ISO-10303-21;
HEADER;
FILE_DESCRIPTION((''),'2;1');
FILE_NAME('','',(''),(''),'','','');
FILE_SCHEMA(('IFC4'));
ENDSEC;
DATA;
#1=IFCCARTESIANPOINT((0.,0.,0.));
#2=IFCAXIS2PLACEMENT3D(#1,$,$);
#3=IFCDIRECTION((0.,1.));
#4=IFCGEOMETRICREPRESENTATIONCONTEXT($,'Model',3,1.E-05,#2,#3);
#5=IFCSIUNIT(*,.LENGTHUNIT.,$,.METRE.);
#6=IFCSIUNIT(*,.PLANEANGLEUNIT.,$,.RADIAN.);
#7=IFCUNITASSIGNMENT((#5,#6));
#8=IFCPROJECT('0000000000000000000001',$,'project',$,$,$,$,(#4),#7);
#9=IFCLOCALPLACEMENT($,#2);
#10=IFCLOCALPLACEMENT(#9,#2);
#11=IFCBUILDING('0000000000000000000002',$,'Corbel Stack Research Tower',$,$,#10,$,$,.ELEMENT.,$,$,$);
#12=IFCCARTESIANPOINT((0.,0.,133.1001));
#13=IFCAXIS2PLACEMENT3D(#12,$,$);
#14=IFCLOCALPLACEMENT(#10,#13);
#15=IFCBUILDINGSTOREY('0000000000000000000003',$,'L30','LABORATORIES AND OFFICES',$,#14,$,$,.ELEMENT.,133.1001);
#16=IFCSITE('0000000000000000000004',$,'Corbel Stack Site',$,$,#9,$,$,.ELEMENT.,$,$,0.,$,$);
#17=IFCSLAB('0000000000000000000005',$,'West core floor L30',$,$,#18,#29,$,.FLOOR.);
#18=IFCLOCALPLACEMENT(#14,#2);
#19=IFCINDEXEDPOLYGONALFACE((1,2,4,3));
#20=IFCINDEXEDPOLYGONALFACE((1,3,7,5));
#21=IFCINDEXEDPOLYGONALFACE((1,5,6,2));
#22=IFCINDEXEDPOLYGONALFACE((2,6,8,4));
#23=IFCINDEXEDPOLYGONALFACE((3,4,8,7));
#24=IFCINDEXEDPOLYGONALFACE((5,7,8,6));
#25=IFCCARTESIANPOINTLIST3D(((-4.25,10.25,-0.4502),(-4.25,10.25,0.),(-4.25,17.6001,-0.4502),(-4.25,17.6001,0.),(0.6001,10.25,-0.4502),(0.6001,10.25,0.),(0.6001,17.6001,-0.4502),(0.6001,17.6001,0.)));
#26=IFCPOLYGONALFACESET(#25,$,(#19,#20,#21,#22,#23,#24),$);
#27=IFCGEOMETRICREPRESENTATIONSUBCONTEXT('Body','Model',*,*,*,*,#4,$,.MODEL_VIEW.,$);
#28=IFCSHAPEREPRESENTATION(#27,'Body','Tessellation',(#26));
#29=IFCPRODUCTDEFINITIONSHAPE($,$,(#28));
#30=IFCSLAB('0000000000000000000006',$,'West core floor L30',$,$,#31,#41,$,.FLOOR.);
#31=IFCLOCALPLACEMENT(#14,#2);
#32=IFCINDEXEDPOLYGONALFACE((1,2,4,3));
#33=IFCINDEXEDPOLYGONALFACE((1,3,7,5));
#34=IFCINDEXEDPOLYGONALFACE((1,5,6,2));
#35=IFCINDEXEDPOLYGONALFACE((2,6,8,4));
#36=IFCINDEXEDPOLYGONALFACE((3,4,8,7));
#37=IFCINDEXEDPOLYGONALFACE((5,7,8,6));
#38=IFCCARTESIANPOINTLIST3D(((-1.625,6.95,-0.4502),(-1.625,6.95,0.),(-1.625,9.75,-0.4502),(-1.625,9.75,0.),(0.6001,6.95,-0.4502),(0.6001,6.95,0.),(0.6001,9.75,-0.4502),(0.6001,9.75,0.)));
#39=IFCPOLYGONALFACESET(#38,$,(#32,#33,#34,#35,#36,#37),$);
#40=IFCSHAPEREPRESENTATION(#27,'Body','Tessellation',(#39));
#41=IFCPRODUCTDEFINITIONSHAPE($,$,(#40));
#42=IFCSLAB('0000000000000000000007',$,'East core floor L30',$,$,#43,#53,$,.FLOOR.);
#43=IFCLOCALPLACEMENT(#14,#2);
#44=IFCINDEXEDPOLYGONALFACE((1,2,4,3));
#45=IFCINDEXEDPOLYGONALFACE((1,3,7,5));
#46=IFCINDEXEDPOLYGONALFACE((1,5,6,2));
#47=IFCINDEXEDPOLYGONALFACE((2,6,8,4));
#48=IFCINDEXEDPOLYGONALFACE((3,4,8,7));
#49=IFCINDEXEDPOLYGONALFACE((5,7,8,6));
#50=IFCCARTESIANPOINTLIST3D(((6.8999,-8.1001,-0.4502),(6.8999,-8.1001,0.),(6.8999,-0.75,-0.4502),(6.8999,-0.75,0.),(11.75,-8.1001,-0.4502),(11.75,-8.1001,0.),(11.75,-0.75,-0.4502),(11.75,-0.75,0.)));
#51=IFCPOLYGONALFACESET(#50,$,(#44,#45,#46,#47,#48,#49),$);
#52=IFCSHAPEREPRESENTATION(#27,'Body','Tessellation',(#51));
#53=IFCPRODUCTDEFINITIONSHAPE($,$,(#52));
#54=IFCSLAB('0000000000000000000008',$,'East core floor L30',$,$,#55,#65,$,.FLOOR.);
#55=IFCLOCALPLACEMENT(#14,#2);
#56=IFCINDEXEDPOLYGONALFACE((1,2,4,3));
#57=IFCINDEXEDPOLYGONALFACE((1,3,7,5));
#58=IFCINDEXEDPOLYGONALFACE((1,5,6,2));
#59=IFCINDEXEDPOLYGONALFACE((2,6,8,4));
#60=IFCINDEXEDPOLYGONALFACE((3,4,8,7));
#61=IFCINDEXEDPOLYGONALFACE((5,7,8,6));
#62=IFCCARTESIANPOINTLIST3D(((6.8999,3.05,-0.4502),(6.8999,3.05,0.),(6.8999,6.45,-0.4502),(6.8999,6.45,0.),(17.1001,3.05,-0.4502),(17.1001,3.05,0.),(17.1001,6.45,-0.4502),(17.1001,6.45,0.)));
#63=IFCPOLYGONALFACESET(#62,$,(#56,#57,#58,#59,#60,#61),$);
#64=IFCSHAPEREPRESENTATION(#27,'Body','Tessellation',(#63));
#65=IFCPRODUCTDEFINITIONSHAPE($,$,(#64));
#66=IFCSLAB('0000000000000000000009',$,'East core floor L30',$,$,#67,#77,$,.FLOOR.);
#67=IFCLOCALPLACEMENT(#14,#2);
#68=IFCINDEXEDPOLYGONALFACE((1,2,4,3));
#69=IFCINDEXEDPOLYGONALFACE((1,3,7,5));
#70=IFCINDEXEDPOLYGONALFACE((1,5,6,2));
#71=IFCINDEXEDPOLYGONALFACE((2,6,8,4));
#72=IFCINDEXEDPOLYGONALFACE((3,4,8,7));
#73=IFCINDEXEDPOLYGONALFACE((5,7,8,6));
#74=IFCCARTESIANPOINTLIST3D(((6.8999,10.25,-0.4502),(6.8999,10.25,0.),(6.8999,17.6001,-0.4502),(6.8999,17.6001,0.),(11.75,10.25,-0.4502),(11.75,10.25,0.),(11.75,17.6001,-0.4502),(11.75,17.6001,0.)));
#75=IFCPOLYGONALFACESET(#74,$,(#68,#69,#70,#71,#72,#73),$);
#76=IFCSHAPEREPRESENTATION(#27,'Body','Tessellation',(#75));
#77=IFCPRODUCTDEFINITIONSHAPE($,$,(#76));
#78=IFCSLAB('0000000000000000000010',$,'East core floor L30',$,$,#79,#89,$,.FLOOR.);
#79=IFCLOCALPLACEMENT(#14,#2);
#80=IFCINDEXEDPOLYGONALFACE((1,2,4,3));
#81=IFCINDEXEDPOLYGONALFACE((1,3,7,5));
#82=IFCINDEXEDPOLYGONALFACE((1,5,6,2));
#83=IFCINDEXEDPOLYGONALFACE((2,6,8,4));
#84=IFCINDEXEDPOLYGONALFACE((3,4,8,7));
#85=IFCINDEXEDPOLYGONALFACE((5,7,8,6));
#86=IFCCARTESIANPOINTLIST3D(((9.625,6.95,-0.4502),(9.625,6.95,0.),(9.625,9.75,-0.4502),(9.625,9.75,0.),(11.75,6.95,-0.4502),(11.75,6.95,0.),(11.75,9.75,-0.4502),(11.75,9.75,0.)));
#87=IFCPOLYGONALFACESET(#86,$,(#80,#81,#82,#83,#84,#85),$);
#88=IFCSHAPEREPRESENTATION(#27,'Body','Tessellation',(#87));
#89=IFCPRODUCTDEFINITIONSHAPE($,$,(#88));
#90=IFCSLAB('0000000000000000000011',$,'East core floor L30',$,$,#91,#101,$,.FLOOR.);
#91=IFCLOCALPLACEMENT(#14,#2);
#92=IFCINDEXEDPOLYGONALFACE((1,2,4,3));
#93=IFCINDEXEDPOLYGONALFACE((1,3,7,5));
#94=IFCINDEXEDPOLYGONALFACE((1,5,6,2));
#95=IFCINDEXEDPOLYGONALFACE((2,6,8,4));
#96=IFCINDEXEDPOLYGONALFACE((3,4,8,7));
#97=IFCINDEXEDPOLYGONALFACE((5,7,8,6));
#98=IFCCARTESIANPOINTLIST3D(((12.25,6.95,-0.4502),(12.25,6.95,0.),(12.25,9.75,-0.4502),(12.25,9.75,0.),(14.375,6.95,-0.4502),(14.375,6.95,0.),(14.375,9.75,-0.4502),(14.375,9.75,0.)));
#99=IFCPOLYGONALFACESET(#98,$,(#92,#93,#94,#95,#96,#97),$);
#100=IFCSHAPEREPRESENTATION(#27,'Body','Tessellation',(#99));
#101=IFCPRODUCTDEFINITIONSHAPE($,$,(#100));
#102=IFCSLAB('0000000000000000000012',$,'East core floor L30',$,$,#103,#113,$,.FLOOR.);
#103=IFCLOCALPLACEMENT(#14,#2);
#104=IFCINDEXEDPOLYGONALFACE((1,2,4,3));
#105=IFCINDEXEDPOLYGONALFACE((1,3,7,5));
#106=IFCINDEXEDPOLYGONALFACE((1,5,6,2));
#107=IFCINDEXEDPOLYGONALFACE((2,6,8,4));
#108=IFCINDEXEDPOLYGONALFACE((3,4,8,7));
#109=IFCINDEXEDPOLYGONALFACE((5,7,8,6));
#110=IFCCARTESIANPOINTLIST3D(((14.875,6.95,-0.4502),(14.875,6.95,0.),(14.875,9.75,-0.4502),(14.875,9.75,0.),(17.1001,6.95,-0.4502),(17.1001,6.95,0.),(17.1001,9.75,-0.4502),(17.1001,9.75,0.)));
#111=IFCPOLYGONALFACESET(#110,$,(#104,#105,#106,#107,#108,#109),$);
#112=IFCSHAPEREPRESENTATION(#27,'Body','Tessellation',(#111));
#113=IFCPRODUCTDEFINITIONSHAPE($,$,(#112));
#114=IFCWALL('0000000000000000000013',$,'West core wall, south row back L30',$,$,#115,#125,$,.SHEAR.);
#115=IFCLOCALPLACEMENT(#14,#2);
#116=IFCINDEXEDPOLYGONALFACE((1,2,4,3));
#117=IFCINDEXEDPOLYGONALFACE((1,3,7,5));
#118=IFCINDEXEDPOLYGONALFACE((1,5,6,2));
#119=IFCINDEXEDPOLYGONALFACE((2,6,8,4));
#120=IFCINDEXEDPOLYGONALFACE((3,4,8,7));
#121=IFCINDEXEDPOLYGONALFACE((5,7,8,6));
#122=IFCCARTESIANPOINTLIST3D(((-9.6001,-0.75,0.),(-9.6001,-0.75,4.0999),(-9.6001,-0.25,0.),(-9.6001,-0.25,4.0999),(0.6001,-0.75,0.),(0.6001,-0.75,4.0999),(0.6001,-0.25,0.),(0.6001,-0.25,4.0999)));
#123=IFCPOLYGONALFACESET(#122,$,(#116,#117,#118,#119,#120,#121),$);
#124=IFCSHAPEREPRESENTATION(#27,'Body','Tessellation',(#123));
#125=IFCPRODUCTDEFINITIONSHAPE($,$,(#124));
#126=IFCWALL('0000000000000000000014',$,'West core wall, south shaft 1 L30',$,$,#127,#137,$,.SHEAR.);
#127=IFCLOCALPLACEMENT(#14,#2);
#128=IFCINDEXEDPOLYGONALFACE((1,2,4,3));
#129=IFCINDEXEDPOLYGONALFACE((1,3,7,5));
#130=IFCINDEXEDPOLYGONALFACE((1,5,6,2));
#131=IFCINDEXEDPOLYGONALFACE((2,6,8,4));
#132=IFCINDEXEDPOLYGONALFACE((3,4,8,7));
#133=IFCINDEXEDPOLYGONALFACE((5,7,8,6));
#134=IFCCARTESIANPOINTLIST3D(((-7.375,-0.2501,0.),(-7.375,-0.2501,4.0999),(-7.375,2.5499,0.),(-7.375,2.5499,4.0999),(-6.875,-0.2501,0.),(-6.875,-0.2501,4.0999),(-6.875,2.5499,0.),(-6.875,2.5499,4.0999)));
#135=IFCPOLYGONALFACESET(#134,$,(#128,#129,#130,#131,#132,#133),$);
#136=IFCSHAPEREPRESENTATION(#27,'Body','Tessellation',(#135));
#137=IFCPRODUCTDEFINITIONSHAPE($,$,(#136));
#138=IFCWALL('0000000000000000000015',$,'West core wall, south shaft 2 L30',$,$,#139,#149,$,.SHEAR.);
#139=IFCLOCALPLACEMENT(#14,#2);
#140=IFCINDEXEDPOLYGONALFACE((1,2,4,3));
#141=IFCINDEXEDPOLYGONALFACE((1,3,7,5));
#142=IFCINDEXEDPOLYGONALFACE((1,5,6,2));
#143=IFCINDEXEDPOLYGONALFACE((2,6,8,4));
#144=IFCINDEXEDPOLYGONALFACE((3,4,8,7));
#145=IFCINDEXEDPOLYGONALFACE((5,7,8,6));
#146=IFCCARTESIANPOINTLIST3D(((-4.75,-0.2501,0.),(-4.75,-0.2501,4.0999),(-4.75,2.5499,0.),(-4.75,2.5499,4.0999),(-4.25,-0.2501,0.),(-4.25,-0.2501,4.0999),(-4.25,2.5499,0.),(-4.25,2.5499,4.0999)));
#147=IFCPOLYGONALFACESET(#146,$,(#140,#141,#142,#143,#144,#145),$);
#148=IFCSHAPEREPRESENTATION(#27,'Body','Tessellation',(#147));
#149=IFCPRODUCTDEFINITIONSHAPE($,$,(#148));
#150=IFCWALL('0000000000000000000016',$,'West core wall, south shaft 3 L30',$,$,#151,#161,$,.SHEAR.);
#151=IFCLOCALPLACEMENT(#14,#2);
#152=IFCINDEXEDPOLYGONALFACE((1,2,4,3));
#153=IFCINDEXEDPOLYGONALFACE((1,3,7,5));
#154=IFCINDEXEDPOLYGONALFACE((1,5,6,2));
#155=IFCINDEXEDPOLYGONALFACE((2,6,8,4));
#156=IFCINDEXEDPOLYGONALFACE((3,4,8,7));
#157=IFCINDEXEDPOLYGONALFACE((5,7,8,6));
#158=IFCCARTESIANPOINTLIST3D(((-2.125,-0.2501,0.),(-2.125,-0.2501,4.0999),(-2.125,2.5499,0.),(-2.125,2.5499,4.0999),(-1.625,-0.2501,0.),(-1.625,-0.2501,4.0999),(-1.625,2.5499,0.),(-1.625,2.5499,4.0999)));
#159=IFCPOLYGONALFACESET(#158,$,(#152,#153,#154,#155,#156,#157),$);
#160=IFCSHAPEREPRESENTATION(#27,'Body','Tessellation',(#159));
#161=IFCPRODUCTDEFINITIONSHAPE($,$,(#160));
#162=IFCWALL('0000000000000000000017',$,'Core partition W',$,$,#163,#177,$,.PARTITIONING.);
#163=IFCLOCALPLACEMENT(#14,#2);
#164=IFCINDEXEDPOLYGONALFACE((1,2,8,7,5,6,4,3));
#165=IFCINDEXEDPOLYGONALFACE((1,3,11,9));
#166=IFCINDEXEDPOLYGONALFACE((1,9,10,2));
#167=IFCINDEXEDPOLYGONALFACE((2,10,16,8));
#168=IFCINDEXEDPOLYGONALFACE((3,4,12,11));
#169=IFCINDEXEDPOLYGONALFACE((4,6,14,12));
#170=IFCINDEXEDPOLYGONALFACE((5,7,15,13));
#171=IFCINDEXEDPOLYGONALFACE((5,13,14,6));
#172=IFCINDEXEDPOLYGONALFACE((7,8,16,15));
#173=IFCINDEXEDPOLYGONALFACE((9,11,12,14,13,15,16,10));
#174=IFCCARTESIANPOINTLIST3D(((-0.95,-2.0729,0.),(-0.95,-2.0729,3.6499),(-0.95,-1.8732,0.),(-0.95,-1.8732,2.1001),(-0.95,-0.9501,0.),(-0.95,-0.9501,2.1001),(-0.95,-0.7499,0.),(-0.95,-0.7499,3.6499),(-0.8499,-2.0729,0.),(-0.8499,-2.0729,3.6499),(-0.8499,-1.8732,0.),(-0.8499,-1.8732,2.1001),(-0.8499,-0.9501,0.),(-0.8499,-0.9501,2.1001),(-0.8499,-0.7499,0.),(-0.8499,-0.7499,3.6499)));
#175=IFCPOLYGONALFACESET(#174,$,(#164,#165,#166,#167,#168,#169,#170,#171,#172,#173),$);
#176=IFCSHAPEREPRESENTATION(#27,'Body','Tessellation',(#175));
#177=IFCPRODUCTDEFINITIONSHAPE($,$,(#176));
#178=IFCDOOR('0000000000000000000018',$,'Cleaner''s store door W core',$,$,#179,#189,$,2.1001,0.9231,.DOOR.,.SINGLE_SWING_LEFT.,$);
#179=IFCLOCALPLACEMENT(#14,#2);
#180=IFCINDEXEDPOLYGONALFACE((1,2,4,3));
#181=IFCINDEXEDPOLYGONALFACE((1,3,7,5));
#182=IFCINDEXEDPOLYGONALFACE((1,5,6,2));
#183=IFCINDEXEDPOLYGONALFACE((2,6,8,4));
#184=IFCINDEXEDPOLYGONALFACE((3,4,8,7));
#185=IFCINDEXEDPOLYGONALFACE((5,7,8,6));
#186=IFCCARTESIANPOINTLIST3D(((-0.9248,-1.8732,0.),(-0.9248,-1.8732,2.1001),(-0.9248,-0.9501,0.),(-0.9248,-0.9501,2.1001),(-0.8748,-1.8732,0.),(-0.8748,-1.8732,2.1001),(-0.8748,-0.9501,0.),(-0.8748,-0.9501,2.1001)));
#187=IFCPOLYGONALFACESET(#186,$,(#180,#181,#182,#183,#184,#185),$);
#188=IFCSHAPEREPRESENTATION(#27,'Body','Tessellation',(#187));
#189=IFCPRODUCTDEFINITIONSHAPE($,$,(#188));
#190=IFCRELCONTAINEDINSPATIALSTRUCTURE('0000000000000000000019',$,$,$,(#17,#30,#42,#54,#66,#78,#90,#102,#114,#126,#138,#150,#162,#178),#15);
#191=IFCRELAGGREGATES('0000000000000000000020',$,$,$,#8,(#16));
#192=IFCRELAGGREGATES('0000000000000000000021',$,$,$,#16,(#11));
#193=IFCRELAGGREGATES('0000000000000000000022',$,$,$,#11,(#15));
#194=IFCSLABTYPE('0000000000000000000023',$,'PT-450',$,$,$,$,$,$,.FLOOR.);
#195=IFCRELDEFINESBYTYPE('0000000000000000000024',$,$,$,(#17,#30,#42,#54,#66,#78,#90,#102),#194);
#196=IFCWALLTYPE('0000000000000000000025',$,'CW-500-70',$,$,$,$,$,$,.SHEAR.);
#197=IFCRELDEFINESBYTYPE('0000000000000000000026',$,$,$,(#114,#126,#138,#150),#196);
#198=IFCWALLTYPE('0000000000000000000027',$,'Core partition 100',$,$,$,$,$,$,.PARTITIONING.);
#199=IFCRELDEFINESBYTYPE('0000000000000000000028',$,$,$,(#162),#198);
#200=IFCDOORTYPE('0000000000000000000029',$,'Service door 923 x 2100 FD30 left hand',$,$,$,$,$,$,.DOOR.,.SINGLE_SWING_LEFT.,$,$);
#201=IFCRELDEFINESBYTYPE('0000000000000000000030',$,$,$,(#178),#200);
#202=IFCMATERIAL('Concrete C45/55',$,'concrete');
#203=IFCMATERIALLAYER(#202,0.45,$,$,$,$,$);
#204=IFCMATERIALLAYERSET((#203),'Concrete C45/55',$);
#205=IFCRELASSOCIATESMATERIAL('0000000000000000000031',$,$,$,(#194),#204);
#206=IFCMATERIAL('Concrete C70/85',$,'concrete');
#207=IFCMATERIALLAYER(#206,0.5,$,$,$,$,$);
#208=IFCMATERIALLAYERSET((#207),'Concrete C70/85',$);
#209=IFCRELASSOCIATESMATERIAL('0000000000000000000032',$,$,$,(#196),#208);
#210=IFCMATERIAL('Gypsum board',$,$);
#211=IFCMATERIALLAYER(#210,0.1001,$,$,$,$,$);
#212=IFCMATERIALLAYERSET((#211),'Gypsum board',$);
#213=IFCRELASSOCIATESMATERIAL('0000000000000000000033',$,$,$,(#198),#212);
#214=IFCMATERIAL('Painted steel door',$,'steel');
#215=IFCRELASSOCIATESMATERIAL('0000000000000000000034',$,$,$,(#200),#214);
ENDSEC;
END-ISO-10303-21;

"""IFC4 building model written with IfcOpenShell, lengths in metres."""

from ifc_helpers import new_model, si_unit, direction, frame, frame_2d, origin, place, context, subcontext, project, spatial, polyline, rectangle, outline, extrude, material, layer, layer_set, type_object, element, fill, save


model = new_model("IFC4")

# Units and contexts
model_context = context("Model", 3, precision=1e-05, world=origin(), true_north=direction((0.0, 1.0)))
body_context = subcontext(model_context, "Body", "Model", "MODEL_VIEW")
ifc_project = project(units=[si_unit("LENGTHUNIT", "METRE"), si_unit("PLANEANGLEUNIT", "RADIAN")], contexts=[model_context])

# Site, building, storey
site_placement = place(None, origin())
site = spatial("IfcSite", under=ifc_project, at=site_placement, Name="Corbel Stack Site", CompositionType="ELEMENT", RefElevation=0.0)
building_placement = place(site_placement, origin())
building = spatial("IfcBuilding", under=site, at=building_placement, Name="Corbel Stack Research Tower", CompositionType="ELEMENT")
storey_placement = place(building_placement, frame((0.0, 0.0, 133.1001)))
storey = spatial("IfcBuildingStorey", under=building, at=storey_placement, Name="L30", Description="LABORATORIES AND OFFICES", CompositionType="ELEMENT", Elevation=133.1001)

# Slabs
ifc_material_1 = material(Name="Concrete C45/55", Category="concrete")
ifc_layer_1 = layer(ifc_material_1, 0.45)
ifc_layer_set_1 = layer_set([ifc_layer_1], Name="Concrete C45/55")
slab_type_1 = type_object("IfcSlabType", Name="PT-450", PredefinedType="FLOOR", material=ifc_layer_set_1)
slab_1_placement = place(storey_placement, frame((0.0, 0.0, -0.4502)))
element("IfcSlab", 1, at=slab_1_placement, inside=storey, type_object=slab_type_1, Name="West core floor L30", PredefinedType="FLOOR", context=body_context, shape_type="SweptSolid", body=[
    extrude(outline(polyline([(0.6001, 17.6001), (-4.25, 17.6001), (-4.25, 10.25), (0.6001, 10.25), (0.6001, 17.6001)])), origin(), (0.0, 0.0, 1.0), 0.4502),
])
slab_2_placement = place(storey_placement, frame((0.0, 0.0, -0.4502)))
element("IfcSlab", 2, at=slab_2_placement, inside=storey, type_object=slab_type_1, Name="West core floor L30", PredefinedType="FLOOR", context=body_context, shape_type="SweptSolid", body=[
    extrude(outline(polyline([(0.6001, 9.75), (-1.625, 9.75), (-1.625, 6.95), (0.6001, 6.95), (0.6001, 9.75)])), origin(), (0.0, 0.0, 1.0), 0.4502),
])
slab_3_placement = place(storey_placement, frame((0.0, 0.0, -0.4502)))
element("IfcSlab", 3, at=slab_3_placement, inside=storey, type_object=slab_type_1, Name="East core floor L30", PredefinedType="FLOOR", context=body_context, shape_type="SweptSolid", body=[
    extrude(outline(polyline([(11.75, -0.75), (6.8999, -0.75), (6.8999, -8.1001), (11.75, -8.1001), (11.75, -0.75)])), origin(), (0.0, 0.0, 1.0), 0.4502),
])
slab_4_placement = place(storey_placement, frame((0.0, 0.0, -0.4502)))
element("IfcSlab", 4, at=slab_4_placement, inside=storey, type_object=slab_type_1, Name="East core floor L30", PredefinedType="FLOOR", context=body_context, shape_type="SweptSolid", body=[
    extrude(outline(polyline([(6.8999, 6.45), (6.8999, 3.05), (17.1001, 3.05), (17.1001, 6.45), (6.8999, 6.45)])), origin(), (0.0, 0.0, 1.0), 0.4502),
])
slab_5_placement = place(storey_placement, frame((0.0, 0.0, -0.4502)))
element("IfcSlab", 5, at=slab_5_placement, inside=storey, type_object=slab_type_1, Name="East core floor L30", PredefinedType="FLOOR", context=body_context, shape_type="SweptSolid", body=[
    extrude(outline(polyline([(6.8999, 17.6001), (6.8999, 10.25), (11.75, 10.25), (11.75, 17.6001), (6.8999, 17.6001)])), origin(), (0.0, 0.0, 1.0), 0.4502),
])
slab_6_placement = place(storey_placement, frame((0.0, 0.0, -0.4502)))
element("IfcSlab", 6, at=slab_6_placement, inside=storey, type_object=slab_type_1, Name="East core floor L30", PredefinedType="FLOOR", context=body_context, shape_type="SweptSolid", body=[
    extrude(outline(polyline([(9.625, 6.95), (11.75, 6.95), (11.75, 9.75), (9.625, 9.75), (9.625, 6.95)])), origin(), (0.0, 0.0, 1.0), 0.4502),
])
slab_7_placement = place(storey_placement, frame((0.0, 0.0, -0.4502)))
element("IfcSlab", 7, at=slab_7_placement, inside=storey, type_object=slab_type_1, Name="East core floor L30", PredefinedType="FLOOR", context=body_context, shape_type="SweptSolid", body=[
    extrude(outline(polyline([(14.375, 6.95), (14.375, 9.75), (12.25, 9.75), (12.25, 6.95), (14.375, 6.95)])), origin(), (0.0, 0.0, 1.0), 0.4502),
])
slab_8_placement = place(storey_placement, frame((0.0, 0.0, -0.4502)))
element("IfcSlab", 8, at=slab_8_placement, inside=storey, type_object=slab_type_1, Name="East core floor L30", PredefinedType="FLOOR", context=body_context, shape_type="SweptSolid", body=[
    extrude(outline(polyline([(17.1001, 6.95), (17.1001, 9.75), (14.875, 9.75), (14.875, 6.95), (17.1001, 6.95)])), origin(), (0.0, 0.0, 1.0), 0.4502),
])

# Walls
ifc_material_2 = material(Name="Concrete C70/85", Category="concrete")
ifc_layer_2 = layer(ifc_material_2, 0.5)
ifc_layer_set_2 = layer_set([ifc_layer_2], Name="Concrete C70/85")
wall_type_1 = type_object("IfcWallType", Name="CW-500-70", PredefinedType="SHEAR", material=ifc_layer_set_2)
wall_1_placement = place(storey_placement, frame((-9.6001, -0.5, 0.0), z_axis=(0.0, 0.0, 1.0), x_axis=(1.0, 0.0, 0.0)))
element("IfcWall", 9, at=wall_1_placement, inside=storey, type_object=wall_type_1, Name="West core wall, south row back L30", PredefinedType="SHEAR", context=body_context, shape_type="SweptSolid", body=[
    extrude(rectangle(XDim=10.2002, YDim=0.5, at=frame_2d((5.1001, 0.0))), origin(), (0.0, 0.0, 1.0), 4.0999),
])
for number, where, z_axis, x_axis, name in (
    (10, (-7.125, -0.25, 0.0), (0.0, 0.0, 1.0), (0.0, 1.0, 0.0), "West core wall, south shaft 1 L30"),
    (11, (-4.5, -0.25, 0.0), (0.0, 0.0, 1.0), (0.0, 1.0, 0.0), "West core wall, south shaft 2 L30"),
    (12, (-1.875, -0.25, 0.0), (0.0, 0.0, 1.0), (0.0, 1.0, 0.0), "West core wall, south shaft 3 L30"),
):
    element("IfcWall", number, at=place(storey_placement, frame(where, z_axis=z_axis, x_axis=x_axis)), inside=storey, type_object=wall_type_1, Name=name, PredefinedType="SHEAR", context=body_context, shape_type="SweptSolid", body=[
        extrude(rectangle(XDim=2.8, YDim=0.5, at=frame_2d((1.3999, 0.0))), origin(), (0.0, 0.0, 1.0), 4.0999),
    ])

# Wall, opening, door
ifc_material_3 = material(Name="Gypsum board")
ifc_layer_3 = layer(ifc_material_3, 0.1001)
ifc_layer_set_3 = layer_set([ifc_layer_3], Name="Gypsum board")
wall_type_2 = type_object("IfcWallType", Name="Core partition 100", PredefinedType="PARTITIONING", material=ifc_layer_set_3)
wall_2_placement = place(storey_placement, frame((-0.8999, -2.073, 0.0), z_axis=(0.0, 0.0, 1.0), x_axis=(0.0, 1.0, 0.0)))
wall_2 = element("IfcWall", 13, at=wall_2_placement, inside=storey, type_object=wall_type_2, Name="Core partition W", PredefinedType="PARTITIONING", context=body_context, shape_type="SweptSolid", body=[
    extrude(rectangle(XDim=1.323, YDim=0.1001, at=frame_2d((0.6616, 0.0))), origin(), (0.0, 0.0, 1.0), 3.6499),
])
opening_placement = place(wall_2_placement, frame((0.2, 0.0, 0.0)))
opening = element("IfcOpeningElement", 14, at=opening_placement, cuts=wall_2, PredefinedType="OPENING", context=body_context, shape_type="SweptSolid", body=[
    extrude(rectangle(XDim=0.9231, YDim=2.1001, at=frame_2d((0.4614, 1.05))), frame((0.0, 0.0601, 0.0), z_axis=(0.0, -1.0, 0.0), x_axis=(1.0, 0.0, 0.0)), (0.0, 0.0, 1.0), 0.1201),
])
ifc_material_4 = material(Name="Painted steel door", Category="steel")
door_type = type_object("IfcDoorType", Name="Service door 923 x 2100 FD30 left hand", OperationType="SINGLE_SWING_LEFT", PredefinedType="DOOR", material=ifc_material_4)
door_placement = place(opening_placement, origin())
door = element("IfcDoor", 15, at=door_placement, inside=storey, type_object=door_type, Name="Cleaner's store door W core", OperationType="SINGLE_SWING_LEFT", OverallHeight=2.1001, OverallWidth=0.9231, PredefinedType="DOOR", context=body_context, shape_type="SweptSolid", body=[
    extrude(rectangle(XDim=0.9231, YDim=2.1001, at=frame_2d((0.4614, 1.05))), frame((0.0, 0.0249, 0.0), z_axis=(0.0, -1.0, 0.0), x_axis=(1.0, 0.0, 0.0)), (0.0, 0.0, 1.0), 0.05),
])
fill(opening, door)

save(model, "model.ifc")
